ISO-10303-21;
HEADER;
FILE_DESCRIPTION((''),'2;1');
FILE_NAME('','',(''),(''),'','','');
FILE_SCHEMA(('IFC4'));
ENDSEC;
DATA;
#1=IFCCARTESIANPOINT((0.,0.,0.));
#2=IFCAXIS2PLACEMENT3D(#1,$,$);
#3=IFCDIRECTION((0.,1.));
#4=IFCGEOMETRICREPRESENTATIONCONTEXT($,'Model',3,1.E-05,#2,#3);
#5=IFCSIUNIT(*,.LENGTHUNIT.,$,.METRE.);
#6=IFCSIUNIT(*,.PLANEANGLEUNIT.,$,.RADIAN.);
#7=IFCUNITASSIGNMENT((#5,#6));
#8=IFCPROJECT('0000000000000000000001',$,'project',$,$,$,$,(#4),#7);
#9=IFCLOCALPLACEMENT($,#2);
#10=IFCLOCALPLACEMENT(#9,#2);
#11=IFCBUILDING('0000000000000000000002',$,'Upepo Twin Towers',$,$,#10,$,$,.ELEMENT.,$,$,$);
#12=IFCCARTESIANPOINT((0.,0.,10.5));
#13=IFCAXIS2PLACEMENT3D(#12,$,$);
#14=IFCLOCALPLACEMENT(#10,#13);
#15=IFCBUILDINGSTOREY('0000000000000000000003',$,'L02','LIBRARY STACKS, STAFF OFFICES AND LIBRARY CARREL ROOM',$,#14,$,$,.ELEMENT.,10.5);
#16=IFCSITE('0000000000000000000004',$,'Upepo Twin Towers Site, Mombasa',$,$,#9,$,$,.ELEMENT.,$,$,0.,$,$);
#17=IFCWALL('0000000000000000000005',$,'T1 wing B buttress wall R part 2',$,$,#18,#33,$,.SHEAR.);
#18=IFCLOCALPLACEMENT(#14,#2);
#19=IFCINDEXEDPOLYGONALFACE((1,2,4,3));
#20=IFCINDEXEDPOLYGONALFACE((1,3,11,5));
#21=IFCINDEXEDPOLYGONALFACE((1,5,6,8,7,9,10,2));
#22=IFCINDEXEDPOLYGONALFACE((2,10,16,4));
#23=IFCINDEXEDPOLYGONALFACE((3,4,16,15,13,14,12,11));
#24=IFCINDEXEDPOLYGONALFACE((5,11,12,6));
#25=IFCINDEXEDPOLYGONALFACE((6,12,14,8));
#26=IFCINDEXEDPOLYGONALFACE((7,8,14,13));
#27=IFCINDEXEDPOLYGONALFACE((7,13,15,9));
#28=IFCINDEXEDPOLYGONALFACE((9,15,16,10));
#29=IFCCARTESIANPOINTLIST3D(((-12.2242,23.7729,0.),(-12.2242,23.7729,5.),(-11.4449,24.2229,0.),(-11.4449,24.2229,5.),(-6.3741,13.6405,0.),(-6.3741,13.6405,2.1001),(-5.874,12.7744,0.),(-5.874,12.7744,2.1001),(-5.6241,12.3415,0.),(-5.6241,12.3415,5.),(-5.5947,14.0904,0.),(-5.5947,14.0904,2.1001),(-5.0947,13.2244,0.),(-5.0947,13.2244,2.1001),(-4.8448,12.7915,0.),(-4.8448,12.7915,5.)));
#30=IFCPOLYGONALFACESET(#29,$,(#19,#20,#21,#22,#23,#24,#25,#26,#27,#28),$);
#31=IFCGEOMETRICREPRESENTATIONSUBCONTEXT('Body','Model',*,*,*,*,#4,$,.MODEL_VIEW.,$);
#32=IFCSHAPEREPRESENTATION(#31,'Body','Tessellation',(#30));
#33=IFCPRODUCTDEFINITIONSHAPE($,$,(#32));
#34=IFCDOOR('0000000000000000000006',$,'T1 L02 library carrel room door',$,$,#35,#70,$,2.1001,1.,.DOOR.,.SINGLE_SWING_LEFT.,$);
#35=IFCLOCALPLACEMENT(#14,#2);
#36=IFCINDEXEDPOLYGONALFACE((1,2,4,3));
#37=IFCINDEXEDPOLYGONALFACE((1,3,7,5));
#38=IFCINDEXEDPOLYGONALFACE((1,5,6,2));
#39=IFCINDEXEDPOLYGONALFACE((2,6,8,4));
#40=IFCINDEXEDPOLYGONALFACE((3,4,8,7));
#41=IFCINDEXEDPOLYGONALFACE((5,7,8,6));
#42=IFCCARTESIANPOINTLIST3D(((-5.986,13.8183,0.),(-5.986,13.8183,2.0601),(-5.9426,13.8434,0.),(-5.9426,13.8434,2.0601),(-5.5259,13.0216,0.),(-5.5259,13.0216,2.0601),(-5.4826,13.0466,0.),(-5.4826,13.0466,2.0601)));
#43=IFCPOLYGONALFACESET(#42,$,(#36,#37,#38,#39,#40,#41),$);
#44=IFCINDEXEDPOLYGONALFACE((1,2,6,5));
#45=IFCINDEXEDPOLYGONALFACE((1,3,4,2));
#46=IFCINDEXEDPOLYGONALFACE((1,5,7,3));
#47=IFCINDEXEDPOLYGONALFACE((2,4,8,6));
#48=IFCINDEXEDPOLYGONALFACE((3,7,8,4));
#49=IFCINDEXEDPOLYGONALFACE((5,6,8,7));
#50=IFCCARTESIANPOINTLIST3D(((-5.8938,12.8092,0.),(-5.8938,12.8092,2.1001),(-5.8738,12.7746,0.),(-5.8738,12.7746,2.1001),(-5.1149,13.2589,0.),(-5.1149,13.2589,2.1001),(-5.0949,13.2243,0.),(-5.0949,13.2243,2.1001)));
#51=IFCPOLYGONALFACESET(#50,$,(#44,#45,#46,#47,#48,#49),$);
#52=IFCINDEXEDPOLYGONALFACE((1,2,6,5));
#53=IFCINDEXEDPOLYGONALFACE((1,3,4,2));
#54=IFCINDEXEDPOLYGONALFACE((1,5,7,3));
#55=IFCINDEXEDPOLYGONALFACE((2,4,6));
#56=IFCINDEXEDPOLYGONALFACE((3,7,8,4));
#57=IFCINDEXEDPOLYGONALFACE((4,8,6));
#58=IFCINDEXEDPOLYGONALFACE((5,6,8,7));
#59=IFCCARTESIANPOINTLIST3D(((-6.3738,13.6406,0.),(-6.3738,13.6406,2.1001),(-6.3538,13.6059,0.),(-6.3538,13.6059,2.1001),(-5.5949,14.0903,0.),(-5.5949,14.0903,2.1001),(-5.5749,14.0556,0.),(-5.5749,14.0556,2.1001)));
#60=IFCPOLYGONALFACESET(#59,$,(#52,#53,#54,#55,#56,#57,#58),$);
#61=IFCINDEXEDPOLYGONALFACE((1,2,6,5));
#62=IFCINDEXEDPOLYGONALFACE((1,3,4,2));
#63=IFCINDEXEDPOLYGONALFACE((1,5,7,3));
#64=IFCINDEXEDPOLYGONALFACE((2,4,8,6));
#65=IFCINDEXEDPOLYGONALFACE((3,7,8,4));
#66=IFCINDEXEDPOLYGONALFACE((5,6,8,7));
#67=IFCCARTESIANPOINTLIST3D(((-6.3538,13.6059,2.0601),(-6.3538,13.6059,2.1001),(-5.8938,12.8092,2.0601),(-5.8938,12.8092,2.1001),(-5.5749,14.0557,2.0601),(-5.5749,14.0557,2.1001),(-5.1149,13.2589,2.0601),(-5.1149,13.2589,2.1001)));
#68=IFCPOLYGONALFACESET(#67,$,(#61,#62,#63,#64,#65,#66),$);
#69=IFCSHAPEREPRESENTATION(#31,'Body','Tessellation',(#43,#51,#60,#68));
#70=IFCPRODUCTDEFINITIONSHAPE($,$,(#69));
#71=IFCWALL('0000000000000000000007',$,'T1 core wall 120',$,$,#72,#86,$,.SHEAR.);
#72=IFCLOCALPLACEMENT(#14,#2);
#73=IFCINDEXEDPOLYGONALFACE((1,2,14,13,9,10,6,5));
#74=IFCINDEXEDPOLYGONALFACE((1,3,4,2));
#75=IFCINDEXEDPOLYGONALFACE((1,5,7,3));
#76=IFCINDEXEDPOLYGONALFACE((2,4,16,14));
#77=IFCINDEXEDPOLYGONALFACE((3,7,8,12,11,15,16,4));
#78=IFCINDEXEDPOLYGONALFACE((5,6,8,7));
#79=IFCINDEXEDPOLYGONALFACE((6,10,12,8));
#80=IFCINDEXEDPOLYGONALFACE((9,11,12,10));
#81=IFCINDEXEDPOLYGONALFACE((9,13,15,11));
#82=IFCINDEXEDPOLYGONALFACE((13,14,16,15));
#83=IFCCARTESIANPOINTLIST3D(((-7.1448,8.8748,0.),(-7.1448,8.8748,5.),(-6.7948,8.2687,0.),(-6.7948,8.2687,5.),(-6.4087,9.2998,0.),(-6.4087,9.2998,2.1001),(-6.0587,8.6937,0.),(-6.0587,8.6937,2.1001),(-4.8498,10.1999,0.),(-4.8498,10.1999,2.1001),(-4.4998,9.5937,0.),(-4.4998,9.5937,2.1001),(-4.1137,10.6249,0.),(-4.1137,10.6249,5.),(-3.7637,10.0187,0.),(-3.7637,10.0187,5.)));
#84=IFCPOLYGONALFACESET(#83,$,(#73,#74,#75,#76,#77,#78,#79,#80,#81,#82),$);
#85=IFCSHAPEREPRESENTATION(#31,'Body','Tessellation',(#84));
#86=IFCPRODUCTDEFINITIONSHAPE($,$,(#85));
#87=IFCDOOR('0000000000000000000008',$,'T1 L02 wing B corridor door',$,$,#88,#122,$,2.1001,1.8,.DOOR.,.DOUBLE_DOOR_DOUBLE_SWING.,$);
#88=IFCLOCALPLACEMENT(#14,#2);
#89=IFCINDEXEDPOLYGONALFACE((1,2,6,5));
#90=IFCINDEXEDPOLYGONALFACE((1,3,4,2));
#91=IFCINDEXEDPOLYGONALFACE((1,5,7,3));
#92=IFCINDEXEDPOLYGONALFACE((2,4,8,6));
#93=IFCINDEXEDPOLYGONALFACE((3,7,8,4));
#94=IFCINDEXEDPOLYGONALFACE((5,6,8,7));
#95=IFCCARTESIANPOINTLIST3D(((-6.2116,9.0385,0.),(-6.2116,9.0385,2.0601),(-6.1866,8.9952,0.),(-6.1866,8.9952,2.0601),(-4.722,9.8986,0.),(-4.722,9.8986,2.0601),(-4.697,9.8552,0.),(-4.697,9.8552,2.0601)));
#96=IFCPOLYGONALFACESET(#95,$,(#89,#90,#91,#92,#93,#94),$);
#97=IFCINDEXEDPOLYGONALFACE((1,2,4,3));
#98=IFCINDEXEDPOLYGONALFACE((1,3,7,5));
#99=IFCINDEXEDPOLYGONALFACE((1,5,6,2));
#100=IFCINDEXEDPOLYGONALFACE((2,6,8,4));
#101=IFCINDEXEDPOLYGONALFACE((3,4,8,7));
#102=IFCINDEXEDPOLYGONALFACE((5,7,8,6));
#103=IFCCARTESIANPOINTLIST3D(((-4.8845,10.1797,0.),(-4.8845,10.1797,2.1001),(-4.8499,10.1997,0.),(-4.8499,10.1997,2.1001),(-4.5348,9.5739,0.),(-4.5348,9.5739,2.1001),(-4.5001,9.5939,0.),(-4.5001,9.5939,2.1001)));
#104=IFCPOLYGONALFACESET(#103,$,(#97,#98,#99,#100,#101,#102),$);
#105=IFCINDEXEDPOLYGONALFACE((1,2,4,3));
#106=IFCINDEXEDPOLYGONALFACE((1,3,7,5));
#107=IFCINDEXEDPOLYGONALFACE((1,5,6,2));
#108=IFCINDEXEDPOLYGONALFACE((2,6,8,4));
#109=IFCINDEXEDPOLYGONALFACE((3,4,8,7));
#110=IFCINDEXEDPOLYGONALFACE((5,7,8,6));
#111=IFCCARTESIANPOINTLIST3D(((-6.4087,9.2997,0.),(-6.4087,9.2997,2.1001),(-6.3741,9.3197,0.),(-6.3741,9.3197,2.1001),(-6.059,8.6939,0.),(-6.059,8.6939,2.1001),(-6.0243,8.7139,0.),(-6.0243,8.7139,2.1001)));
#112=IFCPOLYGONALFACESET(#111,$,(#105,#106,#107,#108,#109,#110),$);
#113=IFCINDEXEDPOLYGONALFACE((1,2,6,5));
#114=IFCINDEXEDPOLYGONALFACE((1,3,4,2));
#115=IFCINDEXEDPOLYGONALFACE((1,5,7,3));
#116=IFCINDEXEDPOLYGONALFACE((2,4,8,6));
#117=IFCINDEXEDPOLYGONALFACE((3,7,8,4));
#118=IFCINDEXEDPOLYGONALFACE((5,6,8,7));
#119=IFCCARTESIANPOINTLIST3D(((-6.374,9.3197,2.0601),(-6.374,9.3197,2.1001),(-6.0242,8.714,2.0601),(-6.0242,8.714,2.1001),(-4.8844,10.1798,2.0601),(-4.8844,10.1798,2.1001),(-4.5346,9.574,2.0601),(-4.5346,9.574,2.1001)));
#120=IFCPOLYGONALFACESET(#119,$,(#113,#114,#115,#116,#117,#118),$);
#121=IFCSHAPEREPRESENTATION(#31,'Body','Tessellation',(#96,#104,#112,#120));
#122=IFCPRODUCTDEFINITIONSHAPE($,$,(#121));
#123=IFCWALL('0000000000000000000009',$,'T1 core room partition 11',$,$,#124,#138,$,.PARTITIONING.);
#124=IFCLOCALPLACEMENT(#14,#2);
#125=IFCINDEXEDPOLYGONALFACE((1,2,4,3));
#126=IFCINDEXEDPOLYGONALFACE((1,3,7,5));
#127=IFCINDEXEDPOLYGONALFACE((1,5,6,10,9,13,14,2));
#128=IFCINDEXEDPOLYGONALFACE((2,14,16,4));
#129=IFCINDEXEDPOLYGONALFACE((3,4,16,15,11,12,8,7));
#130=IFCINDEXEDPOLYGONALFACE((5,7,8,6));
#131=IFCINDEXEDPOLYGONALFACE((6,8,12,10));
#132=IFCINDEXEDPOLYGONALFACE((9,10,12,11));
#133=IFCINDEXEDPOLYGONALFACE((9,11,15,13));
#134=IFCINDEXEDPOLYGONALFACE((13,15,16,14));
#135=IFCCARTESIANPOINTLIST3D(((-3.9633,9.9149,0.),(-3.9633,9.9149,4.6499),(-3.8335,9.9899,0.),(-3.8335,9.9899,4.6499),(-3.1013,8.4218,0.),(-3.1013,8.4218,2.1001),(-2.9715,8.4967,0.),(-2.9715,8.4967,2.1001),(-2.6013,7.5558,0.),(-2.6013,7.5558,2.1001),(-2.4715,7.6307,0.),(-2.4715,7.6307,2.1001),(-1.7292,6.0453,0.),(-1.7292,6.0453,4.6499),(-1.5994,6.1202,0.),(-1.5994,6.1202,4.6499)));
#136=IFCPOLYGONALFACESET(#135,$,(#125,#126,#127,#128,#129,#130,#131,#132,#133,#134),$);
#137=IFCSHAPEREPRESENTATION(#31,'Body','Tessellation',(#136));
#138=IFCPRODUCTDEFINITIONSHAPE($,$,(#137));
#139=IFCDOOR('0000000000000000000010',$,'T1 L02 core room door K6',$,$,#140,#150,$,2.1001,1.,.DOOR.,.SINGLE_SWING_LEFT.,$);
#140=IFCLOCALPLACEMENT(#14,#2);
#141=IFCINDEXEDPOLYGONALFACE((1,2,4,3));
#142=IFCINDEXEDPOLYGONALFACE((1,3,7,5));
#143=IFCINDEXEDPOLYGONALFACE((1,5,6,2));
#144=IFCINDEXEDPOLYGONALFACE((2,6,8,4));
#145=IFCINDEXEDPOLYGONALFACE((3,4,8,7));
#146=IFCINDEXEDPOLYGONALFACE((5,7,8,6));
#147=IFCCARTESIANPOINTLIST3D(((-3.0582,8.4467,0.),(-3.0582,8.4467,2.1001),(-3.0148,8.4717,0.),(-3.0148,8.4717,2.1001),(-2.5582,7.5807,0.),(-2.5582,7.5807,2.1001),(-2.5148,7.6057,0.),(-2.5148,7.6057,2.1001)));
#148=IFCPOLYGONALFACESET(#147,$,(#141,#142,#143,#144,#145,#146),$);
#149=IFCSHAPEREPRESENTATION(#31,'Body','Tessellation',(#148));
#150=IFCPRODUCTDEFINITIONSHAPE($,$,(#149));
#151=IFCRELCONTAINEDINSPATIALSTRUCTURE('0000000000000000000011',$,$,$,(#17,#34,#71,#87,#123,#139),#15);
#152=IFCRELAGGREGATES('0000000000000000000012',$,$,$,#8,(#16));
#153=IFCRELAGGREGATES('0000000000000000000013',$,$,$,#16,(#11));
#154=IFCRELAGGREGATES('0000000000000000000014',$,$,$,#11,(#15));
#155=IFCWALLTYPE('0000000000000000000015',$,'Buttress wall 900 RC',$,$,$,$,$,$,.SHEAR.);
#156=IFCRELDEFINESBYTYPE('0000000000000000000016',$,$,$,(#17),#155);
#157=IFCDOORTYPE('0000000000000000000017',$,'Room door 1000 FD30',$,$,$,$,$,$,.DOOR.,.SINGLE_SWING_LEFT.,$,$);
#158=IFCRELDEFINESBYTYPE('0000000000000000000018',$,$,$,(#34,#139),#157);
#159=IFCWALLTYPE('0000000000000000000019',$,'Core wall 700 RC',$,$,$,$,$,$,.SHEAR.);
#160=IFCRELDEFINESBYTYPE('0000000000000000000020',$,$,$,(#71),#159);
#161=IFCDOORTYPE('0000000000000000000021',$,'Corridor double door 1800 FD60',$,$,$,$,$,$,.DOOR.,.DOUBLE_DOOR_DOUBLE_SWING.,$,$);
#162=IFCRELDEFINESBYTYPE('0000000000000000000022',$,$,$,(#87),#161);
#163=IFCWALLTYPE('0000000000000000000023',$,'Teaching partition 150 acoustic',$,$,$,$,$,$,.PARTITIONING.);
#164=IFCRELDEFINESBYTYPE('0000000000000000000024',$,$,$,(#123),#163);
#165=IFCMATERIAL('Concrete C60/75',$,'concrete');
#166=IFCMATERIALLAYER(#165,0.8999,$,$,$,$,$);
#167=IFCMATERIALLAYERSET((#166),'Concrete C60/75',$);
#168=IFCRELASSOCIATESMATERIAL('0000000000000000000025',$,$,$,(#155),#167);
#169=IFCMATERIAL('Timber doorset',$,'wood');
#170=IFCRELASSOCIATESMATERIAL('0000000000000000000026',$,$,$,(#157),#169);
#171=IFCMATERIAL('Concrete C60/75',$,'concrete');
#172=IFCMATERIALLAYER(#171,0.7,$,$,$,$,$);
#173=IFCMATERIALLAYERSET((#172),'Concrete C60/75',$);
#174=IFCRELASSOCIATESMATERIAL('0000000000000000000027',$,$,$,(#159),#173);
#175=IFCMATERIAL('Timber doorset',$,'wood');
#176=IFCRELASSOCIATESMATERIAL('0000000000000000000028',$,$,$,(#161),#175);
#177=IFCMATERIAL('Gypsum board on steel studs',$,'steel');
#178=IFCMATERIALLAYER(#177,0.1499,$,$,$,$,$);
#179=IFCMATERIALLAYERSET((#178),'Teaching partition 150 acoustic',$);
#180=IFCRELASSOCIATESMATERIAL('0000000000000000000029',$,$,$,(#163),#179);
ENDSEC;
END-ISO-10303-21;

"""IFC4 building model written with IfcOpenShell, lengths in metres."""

from ifc_helpers import new_model, si_unit, direction, frame, frame_2d, origin, place, context, subcontext, project, spatial, rectangle, extrude, material, layer, layer_set, type_object, element, fill, save


model = new_model("IFC4")

# Units and contexts
model_context = context("Model", 3, precision=1e-05, world=origin(), true_north=direction((0.0, 1.0)))
body_context = subcontext(model_context, "Body", "Model", "MODEL_VIEW")
ifc_project = project(units=[si_unit("LENGTHUNIT", "METRE"), si_unit("PLANEANGLEUNIT", "RADIAN")], contexts=[model_context])

# Site, building, storey
site_placement = place(None, origin())
site = spatial("IfcSite", under=ifc_project, at=site_placement, Name="Upepo Twin Towers Site, Mombasa", CompositionType="ELEMENT", RefElevation=0.0)
building_placement = place(site_placement, origin())
building = spatial("IfcBuilding", under=site, at=building_placement, Name="Upepo Twin Towers", CompositionType="ELEMENT")
storey_placement = place(building_placement, frame((0.0, 0.0, 10.5)))
storey = spatial("IfcBuildingStorey", under=building, at=storey_placement, Name="L02", Description="LIBRARY STACKS, STAFF OFFICES AND LIBRARY CARREL ROOM", CompositionType="ELEMENT", Elevation=10.5)

# Walls, openings, doors
ifc_material_1 = material(Name="Concrete C60/75", Category="concrete")
ifc_layer_1 = layer(ifc_material_1, 0.8999)
ifc_layer_set_1 = layer_set([ifc_layer_1], Name="Concrete C60/75")
wall_type_1 = type_object("IfcWallType", Name="Buttress wall 900 RC", PredefinedType="SHEAR", material=ifc_layer_set_1)
ifc_material_2 = material(Name="Timber doorset", Category="wood")
door_type_1 = type_object("IfcDoorType", Name="Room door 1000 FD30", OperationType="SINGLE_SWING_LEFT", PredefinedType="DOOR", material=ifc_material_2)
wall_1_placement = place(storey_placement, frame((-5.2344, 12.5664, 0.0), z_axis=(0.0, 0.0, 1.0), x_axis=(-0.50001, 0.86602, 0.0)))
wall_1 = element("IfcWall", 1, at=wall_1_placement, inside=storey, type_object=wall_type_1, Name="T1 wing B buttress wall R part 2", PredefinedType="SHEAR", context=body_context, shape_type="SweptSolid", body=[
    extrude(rectangle(XDim=13.2, YDim=0.8999, at=frame_2d((6.6001, 0.0))), origin(), (0.0, 0.0, 1.0), 5.0),
])
opening_1_placement = place(wall_1_placement, frame((0.5, 0.0, 0.0)))
opening_1 = element("IfcOpeningElement", 2, at=opening_1_placement, cuts=wall_1, PredefinedType="OPENING", context=body_context, shape_type="SweptSolid", body=[
    extrude(rectangle(XDim=1.0, YDim=2.1001, at=frame_2d((0.5, 1.05))), frame((0.0, 0.46, 0.0), z_axis=(0.0, -1.0, 0.0), x_axis=(1.0, 0.0, 0.0)), (0.0, 0.0, 1.0), 0.9199),
])
door_1_placement = place(opening_1_placement, origin())
door_1 = element("IfcDoor", 3, at=door_1_placement, inside=storey, type_object=door_type_1, Name="T1 L02 library carrel room door", OperationType="SINGLE_SWING_LEFT", OverallHeight=2.1001, OverallWidth=1.0, PredefinedType="DOOR", context=body_context, shape_type="SweptSolid", body=[
    extrude(rectangle(XDim=0.92, YDim=2.0601, at=frame_2d((0.5, 1.03))), frame((0.0, 0.0249, 0.0), z_axis=(0.0, -1.0, 0.0), x_axis=(1.0, 0.0, 0.0)), (0.0, 0.0, 1.0), 0.05),
    extrude(rectangle(XDim=0.04, YDim=2.1001, at=frame_2d((0.02, 1.05))), frame((0.0, 0.4497, 0.0), z_axis=(0.0, -1.0, 0.0), x_axis=(1.0, 0.0, 0.0)), (0.0, 0.0, 1.0), 0.8994),
    extrude(rectangle(XDim=0.04, YDim=2.1001, at=frame_2d((0.98, 1.05))), frame((0.0, 0.4497, 0.0), z_axis=(0.0, -1.0, 0.0), x_axis=(1.0, 0.0, 0.0)), (0.0, 0.0, 1.0), 0.8994),
    extrude(rectangle(XDim=0.92, YDim=0.04, at=frame_2d((0.5, 2.0801))), frame((0.0, 0.4497, 0.0), z_axis=(0.0, -1.0, 0.0), x_axis=(1.0, 0.0, 0.0)), (0.0, 0.0, 1.0), 0.8994),
])
fill(opening_1, door_1)
ifc_material_3 = material(Name="Concrete C60/75", Category="concrete")
ifc_layer_2 = layer(ifc_material_3, 0.7)
ifc_layer_set_2 = layer_set([ifc_layer_2], Name="Concrete C60/75")
wall_type_2 = type_object("IfcWallType", Name="Core wall 700 RC", PredefinedType="SHEAR", material=ifc_layer_set_2)
wall_2_placement = place(storey_placement, frame((-3.9387, 10.3218, 0.0), z_axis=(0.0, 0.0, 1.0), x_axis=(-0.866019, -0.50001, 0.0)))
wall_2 = element("IfcWall", 4, at=wall_2_placement, inside=storey, type_object=wall_type_2, Name="T1 core wall 120", PredefinedType="SHEAR", context=body_context, shape_type="SweptSolid", body=[
    extrude(rectangle(XDim=3.5, YDim=0.7, at=frame_2d((1.75, 0.0))), origin(), (0.0, 0.0, 1.0), 5.0),
])
opening_2_placement = place(wall_2_placement, frame((0.8501, 0.0, 0.0)))
opening_2 = element("IfcOpeningElement", 5, at=opening_2_placement, cuts=wall_2, PredefinedType="OPENING", context=body_context, shape_type="SweptSolid", body=[
    extrude(rectangle(XDim=1.8, YDim=2.1001, at=frame_2d((0.8999, 1.05))), frame((0.0, 0.3599, 0.0), z_axis=(0.0, -1.0, 0.0), x_axis=(1.0, 0.0, 0.0)), (0.0, 0.0, 1.0), 0.72),
])
ifc_material_4 = material(Name="Timber doorset", Category="wood")
door_type_2 = type_object("IfcDoorType", Name="Corridor double door 1800 FD60", OperationType="DOUBLE_DOOR_DOUBLE_SWING", PredefinedType="DOOR", material=ifc_material_4)
door_2_placement = place(opening_2_placement, origin())
door_2 = element("IfcDoor", 6, at=door_2_placement, inside=storey, type_object=door_type_2, Name="T1 L02 wing B corridor door", OperationType="DOUBLE_DOOR_DOUBLE_SWING", OverallHeight=2.1001, OverallWidth=1.8, PredefinedType="DOOR", context=body_context, shape_type="SweptSolid", body=[
    extrude(rectangle(XDim=1.72, YDim=2.0601, at=frame_2d((0.8999, 1.03))), frame((0.0, 0.0249, 0.0), z_axis=(0.0, -1.0, 0.0), x_axis=(1.0, 0.0, 0.0)), (0.0, 0.0, 1.0), 0.05),
    extrude(rectangle(XDim=0.04, YDim=2.1001, at=frame_2d((0.02, 1.05))), frame((0.0, 0.3496, 0.0), z_axis=(0.0, -1.0, 0.0), x_axis=(1.0, 0.0, 0.0)), (0.0, 0.0, 1.0), 0.6995),
    extrude(rectangle(XDim=0.04, YDim=2.1001, at=frame_2d((1.78, 1.05))), frame((0.0, 0.3496, 0.0), z_axis=(0.0, -1.0, 0.0), x_axis=(1.0, 0.0, 0.0)), (0.0, 0.0, 1.0), 0.6995),
    extrude(rectangle(XDim=1.72, YDim=0.04, at=frame_2d((0.8999, 2.0801))), frame((0.0, 0.3496, 0.0), z_axis=(0.0, -1.0, 0.0), x_axis=(1.0, 0.0, 0.0)), (0.0, 0.0, 1.0), 0.6995),
])
fill(opening_2, door_2)
ifc_material_5 = material(Name="Gypsum board on steel studs", Category="steel")
ifc_layer_3 = layer(ifc_material_5, 0.1499)
ifc_layer_set_3 = layer_set([ifc_layer_3], Name="Teaching partition 150 acoustic")
wall_type_3 = type_object("IfcWallType", Name="Teaching partition 150 acoustic", PredefinedType="PARTITIONING", material=ifc_layer_set_3)
wall_3_placement = place(storey_placement, frame((-3.8984, 9.9524, 0.0), z_axis=(0.0, 0.0, 1.0), x_axis=(0.5, -0.866025, 0.0)))
wall_3 = element("IfcWall", 7, at=wall_3_placement, inside=storey, type_object=wall_type_3, Name="T1 core room partition 11", PredefinedType="PARTITIONING", context=body_context, shape_type="SweptSolid", body=[
    extrude(rectangle(XDim=4.4683, YDim=0.1499, at=frame_2d((2.2341, 0.0))), origin(), (0.0, 0.0, 1.0), 4.6499),
])
opening_3_placement = place(wall_3_placement, frame((1.7241, 0.0, 0.0)))
opening_3 = element("IfcOpeningElement", 8, at=opening_3_placement, cuts=wall_3, PredefinedType="OPENING", context=body_context, shape_type="SweptSolid", body=[
    extrude(rectangle(XDim=1.0, YDim=2.1001, at=frame_2d((0.5, 1.05))), frame((0.0, 0.085, 0.0), z_axis=(0.0, -1.0, 0.0), x_axis=(1.0, 0.0, 0.0)), (0.0, 0.0, 1.0), 0.1699),
])
door_3_placement = place(opening_3_placement, origin())
door_3 = element("IfcDoor", 9, at=door_3_placement, inside=storey, type_object=door_type_1, Name="T1 L02 core room door K6", OperationType="SINGLE_SWING_LEFT", OverallHeight=2.1001, OverallWidth=1.0, PredefinedType="DOOR", context=body_context, shape_type="SweptSolid", body=[
    extrude(rectangle(XDim=1.0, YDim=2.1001, at=frame_2d((0.5, 1.05))), frame((0.0, 0.0249, 0.0), z_axis=(0.0, -1.0, 0.0), x_axis=(1.0, 0.0, 0.0)), (0.0, 0.0, 1.0), 0.05),
])
fill(opening_3, door_3)

save(model, "model.ifc")
